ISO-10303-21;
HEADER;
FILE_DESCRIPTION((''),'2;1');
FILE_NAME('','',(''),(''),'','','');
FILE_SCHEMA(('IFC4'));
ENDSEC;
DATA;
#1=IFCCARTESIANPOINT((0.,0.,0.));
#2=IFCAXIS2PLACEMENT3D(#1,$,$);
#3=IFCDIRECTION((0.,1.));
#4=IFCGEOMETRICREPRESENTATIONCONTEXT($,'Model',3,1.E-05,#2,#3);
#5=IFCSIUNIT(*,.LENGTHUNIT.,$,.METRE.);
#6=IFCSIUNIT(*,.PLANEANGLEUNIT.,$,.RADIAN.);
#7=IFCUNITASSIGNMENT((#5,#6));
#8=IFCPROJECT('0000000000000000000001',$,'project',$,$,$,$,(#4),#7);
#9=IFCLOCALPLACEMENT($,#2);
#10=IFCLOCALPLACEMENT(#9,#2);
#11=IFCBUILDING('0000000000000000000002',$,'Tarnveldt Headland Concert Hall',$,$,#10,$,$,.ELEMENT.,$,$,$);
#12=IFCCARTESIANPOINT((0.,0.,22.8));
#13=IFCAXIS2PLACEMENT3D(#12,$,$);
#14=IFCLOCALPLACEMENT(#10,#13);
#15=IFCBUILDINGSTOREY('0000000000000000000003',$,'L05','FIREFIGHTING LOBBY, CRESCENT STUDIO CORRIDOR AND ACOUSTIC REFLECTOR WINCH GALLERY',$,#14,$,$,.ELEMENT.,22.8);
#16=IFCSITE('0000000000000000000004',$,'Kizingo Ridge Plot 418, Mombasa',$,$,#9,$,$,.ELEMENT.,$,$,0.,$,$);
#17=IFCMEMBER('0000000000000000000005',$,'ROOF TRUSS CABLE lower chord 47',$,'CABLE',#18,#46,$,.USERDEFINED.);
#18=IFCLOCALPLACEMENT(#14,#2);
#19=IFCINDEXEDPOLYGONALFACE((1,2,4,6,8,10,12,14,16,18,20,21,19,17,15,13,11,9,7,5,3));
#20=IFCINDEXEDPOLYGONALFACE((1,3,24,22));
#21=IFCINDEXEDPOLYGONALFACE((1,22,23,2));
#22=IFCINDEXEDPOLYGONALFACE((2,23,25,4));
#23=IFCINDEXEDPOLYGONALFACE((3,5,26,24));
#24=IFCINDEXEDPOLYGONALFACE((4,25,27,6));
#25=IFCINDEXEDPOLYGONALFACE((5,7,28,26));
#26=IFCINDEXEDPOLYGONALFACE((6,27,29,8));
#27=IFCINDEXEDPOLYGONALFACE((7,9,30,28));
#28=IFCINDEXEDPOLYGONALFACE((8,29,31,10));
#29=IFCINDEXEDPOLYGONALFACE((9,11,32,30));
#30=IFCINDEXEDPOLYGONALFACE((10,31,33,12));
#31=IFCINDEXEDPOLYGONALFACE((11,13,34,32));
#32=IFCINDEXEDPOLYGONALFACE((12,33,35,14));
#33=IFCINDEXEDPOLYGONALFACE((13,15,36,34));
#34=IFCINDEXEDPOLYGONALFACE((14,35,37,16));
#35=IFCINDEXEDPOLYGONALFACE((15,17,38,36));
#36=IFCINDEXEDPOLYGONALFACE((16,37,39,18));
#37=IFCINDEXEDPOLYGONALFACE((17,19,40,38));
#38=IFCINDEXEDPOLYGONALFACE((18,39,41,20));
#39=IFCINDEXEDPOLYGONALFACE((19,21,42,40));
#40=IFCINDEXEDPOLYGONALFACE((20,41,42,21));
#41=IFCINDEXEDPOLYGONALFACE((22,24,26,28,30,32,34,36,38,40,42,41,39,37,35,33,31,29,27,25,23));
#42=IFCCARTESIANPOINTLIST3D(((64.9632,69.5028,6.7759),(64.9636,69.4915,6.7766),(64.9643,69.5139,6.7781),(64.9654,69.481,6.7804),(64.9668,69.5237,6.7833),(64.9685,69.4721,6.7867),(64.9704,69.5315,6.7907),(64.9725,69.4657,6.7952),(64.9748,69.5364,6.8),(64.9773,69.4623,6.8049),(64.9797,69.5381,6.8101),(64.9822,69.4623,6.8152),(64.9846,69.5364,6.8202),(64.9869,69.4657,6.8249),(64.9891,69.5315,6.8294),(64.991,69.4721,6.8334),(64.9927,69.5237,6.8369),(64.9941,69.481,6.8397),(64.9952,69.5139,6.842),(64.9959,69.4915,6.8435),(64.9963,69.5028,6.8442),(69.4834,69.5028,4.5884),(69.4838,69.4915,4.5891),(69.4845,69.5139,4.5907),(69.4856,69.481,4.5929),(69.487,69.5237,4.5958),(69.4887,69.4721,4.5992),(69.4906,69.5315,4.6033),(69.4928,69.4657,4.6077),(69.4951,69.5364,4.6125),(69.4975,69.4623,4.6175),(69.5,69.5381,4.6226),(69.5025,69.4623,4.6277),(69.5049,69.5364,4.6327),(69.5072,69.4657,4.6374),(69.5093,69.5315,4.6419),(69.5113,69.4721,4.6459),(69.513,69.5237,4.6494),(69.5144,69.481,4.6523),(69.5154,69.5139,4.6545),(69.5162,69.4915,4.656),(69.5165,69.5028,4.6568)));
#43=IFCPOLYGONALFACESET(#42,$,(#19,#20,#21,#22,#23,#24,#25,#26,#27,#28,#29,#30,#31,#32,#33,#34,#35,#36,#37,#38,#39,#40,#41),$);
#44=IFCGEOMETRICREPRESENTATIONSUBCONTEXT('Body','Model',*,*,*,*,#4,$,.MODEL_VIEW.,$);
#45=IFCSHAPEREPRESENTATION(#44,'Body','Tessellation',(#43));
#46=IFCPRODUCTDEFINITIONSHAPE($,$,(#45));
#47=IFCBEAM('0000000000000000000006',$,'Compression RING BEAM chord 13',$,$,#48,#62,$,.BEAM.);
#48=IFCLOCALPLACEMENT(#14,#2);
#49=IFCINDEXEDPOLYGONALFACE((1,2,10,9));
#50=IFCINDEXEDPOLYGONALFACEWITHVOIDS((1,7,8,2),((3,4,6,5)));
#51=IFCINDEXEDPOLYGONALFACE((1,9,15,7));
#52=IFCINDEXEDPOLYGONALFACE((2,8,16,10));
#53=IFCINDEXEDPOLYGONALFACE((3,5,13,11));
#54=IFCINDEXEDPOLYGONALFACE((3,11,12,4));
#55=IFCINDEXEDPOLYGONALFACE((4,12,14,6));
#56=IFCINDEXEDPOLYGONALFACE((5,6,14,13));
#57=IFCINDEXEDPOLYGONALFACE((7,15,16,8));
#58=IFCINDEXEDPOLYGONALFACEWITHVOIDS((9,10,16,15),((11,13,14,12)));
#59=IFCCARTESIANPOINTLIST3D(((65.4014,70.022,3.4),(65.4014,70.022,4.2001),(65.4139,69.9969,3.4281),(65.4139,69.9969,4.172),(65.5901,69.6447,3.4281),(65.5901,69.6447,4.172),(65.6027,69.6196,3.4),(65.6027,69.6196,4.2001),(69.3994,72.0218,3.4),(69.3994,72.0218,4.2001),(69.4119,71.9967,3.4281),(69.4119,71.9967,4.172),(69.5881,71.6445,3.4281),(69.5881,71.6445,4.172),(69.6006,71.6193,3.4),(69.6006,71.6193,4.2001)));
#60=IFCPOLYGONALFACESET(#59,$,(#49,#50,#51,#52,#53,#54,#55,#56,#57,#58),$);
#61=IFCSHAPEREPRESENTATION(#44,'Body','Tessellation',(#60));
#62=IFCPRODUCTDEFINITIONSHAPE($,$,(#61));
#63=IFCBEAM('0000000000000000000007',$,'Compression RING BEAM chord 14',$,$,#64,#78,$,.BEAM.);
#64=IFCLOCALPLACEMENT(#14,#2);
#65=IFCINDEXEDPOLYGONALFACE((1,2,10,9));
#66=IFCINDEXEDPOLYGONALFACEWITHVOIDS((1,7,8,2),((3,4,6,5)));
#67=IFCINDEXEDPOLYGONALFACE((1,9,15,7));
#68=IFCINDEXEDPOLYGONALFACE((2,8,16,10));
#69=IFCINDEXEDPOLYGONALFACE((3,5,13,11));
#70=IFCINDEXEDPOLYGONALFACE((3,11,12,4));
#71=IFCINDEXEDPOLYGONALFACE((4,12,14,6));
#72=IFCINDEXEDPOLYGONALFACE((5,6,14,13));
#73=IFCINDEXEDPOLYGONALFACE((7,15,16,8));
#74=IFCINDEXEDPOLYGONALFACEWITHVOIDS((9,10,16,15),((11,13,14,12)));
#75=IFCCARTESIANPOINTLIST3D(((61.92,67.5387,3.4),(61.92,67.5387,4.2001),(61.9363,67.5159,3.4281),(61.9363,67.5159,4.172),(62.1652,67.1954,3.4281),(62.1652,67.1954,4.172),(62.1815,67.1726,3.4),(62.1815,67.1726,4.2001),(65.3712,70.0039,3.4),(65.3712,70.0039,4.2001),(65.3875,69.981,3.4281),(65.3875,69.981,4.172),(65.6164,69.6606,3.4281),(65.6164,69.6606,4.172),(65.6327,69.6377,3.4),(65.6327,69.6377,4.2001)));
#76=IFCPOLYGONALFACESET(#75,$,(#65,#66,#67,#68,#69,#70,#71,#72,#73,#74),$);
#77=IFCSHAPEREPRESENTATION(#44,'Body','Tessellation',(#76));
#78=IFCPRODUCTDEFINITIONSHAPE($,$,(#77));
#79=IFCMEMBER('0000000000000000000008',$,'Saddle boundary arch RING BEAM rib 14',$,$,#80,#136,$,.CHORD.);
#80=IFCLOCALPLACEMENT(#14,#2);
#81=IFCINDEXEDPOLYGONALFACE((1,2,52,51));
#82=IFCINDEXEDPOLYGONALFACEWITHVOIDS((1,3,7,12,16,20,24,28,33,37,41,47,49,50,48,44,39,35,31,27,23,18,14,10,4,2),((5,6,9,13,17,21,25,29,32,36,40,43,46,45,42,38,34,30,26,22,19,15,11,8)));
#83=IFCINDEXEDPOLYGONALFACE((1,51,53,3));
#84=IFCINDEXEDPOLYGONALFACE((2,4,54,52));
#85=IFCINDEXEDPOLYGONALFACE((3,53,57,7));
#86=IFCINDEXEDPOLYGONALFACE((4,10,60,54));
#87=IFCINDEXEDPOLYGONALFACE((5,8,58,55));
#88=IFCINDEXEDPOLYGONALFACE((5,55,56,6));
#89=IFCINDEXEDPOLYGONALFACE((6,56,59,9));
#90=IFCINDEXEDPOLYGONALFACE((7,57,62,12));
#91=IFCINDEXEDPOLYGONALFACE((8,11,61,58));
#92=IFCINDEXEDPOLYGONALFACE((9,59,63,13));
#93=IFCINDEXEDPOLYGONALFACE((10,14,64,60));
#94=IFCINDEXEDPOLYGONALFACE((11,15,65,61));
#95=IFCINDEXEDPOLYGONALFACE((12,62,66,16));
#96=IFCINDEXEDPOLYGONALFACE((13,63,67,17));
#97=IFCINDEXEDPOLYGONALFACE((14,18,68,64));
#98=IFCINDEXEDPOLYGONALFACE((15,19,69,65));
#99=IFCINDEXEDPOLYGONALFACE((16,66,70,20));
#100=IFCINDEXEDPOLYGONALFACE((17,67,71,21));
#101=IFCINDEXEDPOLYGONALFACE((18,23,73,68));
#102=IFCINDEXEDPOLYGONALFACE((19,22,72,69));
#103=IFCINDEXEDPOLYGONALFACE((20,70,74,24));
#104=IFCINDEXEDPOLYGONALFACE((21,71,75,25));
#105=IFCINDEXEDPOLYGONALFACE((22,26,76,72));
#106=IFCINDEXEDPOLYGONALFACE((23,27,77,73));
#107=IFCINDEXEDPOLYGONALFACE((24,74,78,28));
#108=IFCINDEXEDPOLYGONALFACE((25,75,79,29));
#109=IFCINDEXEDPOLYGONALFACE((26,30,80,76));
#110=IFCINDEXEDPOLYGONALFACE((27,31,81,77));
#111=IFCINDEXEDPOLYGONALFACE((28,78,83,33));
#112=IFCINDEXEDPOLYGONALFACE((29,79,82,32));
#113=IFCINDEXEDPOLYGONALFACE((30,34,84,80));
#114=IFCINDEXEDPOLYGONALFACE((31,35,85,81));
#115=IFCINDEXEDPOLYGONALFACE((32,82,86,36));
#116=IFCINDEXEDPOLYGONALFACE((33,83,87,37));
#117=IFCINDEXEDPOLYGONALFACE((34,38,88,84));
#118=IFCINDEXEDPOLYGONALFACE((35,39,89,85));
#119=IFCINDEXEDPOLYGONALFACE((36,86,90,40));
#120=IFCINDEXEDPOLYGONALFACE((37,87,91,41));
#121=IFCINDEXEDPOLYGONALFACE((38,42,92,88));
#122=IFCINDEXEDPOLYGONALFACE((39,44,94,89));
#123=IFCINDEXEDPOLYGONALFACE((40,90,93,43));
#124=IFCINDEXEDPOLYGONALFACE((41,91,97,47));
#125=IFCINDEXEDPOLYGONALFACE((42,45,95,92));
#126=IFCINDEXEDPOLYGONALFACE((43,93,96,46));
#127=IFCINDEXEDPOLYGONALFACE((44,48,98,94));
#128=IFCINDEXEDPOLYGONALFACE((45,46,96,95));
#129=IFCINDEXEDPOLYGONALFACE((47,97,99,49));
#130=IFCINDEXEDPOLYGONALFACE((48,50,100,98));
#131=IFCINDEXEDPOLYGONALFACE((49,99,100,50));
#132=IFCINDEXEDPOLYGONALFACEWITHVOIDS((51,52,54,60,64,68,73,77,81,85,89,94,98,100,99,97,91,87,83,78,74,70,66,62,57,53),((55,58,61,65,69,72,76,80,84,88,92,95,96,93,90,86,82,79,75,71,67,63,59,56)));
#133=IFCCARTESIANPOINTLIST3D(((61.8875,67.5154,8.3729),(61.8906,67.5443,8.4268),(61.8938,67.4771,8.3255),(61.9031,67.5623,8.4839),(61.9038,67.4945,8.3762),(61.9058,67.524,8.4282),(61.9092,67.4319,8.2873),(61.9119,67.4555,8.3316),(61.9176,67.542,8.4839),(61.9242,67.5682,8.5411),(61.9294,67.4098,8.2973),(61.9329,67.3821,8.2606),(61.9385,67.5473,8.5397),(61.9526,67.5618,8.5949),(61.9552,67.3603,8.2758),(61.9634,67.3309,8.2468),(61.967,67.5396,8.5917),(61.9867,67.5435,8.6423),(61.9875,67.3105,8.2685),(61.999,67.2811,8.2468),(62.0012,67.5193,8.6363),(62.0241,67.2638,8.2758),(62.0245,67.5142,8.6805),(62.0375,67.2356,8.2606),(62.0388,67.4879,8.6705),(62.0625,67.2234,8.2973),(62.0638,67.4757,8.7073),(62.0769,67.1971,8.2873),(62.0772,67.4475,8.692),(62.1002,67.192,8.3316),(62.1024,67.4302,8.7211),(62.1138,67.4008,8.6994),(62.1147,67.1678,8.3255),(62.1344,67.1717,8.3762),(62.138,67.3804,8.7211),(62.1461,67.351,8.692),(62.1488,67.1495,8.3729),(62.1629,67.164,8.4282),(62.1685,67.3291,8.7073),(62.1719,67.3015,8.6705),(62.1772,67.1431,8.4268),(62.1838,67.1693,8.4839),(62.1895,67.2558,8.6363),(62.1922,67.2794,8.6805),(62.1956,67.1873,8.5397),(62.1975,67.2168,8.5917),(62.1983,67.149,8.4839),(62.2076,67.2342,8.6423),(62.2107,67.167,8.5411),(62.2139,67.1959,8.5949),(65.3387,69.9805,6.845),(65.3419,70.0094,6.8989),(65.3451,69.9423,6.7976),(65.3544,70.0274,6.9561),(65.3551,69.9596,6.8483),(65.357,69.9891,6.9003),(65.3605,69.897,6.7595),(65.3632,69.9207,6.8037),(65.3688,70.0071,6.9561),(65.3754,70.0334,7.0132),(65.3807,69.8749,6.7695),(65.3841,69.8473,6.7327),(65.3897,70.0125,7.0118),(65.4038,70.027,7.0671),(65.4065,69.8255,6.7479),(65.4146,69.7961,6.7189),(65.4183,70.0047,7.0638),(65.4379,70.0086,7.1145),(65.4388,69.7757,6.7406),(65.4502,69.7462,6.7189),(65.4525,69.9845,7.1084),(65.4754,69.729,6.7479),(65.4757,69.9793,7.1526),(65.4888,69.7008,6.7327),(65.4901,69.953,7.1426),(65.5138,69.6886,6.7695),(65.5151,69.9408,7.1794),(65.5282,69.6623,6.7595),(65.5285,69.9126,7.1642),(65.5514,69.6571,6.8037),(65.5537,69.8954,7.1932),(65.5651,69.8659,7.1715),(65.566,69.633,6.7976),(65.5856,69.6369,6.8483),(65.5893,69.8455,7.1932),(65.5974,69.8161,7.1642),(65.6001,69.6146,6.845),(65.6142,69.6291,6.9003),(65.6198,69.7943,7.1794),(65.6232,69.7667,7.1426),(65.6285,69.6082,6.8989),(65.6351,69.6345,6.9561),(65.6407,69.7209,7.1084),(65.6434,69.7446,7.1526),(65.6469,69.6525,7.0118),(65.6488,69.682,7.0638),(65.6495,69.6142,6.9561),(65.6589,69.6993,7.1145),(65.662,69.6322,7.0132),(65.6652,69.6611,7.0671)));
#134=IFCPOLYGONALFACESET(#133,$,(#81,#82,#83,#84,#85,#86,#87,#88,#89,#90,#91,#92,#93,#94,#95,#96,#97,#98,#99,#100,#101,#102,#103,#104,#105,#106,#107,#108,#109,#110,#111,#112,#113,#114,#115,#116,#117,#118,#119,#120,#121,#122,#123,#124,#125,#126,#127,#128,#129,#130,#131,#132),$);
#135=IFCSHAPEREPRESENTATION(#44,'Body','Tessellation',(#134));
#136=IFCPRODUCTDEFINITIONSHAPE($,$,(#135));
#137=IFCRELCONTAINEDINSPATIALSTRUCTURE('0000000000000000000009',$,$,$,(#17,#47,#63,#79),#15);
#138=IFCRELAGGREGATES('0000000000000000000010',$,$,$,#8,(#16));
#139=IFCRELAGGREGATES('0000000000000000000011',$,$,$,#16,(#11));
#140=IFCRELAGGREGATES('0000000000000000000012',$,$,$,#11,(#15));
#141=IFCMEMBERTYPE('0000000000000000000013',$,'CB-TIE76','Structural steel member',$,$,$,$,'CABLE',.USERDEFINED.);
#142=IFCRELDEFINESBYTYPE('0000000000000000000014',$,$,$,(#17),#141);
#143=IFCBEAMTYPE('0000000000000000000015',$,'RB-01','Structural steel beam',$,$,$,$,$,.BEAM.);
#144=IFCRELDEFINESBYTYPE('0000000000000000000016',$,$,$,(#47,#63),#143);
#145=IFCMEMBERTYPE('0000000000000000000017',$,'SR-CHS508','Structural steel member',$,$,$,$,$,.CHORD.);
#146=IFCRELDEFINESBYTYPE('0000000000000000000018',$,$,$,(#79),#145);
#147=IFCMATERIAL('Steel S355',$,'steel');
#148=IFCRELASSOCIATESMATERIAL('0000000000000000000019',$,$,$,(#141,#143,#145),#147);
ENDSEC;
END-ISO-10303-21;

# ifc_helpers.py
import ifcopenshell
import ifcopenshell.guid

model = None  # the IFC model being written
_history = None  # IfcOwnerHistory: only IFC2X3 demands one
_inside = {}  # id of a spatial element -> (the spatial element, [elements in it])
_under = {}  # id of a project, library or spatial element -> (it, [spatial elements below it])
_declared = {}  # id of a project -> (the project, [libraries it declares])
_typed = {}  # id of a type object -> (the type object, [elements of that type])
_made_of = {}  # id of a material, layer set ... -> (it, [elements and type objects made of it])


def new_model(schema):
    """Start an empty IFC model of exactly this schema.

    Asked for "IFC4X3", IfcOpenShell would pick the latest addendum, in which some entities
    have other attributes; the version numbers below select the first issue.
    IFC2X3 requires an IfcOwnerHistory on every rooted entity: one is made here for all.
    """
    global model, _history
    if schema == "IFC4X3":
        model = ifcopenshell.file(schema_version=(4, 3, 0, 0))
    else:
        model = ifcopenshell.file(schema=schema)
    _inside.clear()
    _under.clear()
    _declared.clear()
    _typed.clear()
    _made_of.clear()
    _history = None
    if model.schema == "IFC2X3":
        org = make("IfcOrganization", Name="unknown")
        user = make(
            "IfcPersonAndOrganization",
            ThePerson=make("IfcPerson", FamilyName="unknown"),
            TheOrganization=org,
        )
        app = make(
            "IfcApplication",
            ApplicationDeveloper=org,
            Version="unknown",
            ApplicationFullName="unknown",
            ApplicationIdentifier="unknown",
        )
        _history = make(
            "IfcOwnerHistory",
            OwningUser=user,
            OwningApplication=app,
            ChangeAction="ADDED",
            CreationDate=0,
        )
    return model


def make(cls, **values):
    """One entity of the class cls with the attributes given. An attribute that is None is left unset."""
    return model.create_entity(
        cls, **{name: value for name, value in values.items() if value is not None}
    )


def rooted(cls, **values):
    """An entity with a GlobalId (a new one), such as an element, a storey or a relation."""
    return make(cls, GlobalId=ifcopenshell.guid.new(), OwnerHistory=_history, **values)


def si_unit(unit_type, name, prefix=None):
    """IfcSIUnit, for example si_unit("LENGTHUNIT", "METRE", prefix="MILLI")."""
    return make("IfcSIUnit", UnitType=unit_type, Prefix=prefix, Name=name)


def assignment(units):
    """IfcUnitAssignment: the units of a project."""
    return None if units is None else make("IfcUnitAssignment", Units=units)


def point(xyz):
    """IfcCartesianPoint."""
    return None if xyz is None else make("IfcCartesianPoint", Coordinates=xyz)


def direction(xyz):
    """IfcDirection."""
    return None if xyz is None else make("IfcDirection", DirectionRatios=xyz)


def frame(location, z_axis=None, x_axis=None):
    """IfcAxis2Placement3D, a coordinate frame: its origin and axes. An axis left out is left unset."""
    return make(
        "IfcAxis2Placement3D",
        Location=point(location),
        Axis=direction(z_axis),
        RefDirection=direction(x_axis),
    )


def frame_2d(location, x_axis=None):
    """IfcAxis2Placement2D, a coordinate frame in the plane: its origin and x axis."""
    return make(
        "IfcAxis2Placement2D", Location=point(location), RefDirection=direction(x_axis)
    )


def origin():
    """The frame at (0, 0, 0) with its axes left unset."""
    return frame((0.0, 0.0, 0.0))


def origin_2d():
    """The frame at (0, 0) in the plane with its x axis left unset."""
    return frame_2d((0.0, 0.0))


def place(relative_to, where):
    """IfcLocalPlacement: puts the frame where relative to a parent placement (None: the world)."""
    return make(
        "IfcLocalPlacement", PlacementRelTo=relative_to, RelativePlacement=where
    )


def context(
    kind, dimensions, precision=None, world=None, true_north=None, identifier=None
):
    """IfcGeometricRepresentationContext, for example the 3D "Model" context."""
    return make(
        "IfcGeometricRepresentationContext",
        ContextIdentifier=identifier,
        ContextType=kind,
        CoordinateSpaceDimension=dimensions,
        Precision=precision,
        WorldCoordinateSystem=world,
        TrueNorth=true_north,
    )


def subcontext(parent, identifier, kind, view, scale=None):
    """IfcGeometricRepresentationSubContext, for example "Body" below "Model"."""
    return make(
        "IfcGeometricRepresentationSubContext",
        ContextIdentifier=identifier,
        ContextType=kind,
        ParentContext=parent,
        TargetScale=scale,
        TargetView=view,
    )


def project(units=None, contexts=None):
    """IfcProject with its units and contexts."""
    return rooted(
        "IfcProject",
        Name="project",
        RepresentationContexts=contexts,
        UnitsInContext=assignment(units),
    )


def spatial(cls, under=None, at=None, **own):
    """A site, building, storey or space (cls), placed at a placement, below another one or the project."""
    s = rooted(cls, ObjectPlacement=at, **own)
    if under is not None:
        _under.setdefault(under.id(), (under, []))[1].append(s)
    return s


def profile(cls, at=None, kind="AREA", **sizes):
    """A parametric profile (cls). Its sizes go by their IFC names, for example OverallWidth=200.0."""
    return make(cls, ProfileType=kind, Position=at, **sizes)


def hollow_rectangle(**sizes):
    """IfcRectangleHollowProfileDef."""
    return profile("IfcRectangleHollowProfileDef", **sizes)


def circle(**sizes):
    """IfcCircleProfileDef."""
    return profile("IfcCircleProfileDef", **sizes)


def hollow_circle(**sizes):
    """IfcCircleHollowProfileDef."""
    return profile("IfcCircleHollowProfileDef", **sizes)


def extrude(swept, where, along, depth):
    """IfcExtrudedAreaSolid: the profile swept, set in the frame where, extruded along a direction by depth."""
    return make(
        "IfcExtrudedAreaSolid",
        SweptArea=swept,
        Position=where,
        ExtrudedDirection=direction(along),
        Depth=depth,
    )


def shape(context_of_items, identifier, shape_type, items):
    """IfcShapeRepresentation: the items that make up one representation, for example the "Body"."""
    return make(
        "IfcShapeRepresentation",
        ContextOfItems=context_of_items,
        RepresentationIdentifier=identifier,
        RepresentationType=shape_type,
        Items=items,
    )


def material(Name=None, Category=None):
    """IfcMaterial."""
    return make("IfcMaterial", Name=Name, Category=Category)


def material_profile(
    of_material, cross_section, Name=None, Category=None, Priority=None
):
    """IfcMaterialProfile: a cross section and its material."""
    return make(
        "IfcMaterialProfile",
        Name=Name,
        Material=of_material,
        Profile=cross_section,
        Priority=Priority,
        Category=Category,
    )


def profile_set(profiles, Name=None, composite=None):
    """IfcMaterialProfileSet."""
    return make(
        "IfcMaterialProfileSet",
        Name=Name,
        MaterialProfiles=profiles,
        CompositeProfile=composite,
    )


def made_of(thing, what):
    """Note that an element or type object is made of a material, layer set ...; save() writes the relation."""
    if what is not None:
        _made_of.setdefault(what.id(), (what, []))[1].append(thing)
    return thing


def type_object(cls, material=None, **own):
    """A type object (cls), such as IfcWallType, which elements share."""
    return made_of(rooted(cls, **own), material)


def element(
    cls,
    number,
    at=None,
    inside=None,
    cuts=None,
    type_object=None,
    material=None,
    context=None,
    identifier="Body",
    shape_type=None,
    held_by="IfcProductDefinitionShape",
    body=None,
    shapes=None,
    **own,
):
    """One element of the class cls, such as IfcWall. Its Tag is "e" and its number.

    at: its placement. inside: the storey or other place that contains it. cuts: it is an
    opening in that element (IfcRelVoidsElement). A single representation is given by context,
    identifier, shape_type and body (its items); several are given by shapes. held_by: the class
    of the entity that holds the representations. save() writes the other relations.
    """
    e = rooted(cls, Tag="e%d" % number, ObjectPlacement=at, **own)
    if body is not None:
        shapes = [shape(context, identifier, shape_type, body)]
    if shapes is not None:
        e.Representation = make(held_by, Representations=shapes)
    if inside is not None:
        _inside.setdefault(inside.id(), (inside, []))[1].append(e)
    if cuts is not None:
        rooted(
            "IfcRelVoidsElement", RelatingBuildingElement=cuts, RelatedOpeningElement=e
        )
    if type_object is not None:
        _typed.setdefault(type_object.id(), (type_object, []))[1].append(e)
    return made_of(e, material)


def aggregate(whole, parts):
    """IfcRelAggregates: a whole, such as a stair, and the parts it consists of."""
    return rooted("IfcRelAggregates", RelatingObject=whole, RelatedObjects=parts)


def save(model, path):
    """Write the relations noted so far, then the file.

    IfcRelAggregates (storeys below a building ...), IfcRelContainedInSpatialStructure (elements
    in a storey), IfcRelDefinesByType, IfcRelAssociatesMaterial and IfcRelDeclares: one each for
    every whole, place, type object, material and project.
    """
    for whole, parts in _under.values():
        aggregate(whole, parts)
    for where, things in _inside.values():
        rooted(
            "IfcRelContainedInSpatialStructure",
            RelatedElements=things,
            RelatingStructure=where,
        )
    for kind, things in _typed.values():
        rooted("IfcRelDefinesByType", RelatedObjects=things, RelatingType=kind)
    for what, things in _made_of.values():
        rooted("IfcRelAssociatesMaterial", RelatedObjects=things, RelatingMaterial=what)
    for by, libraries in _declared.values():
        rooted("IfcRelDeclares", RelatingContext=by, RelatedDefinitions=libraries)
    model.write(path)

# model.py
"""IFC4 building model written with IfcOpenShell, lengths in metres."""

from ifc_helpers import new_model, si_unit, direction, frame, origin, origin_2d, place, context, subcontext, project, spatial, hollow_rectangle, circle, hollow_circle, extrude, material, material_profile, profile_set, type_object, element, save


model = new_model("IFC4")

# Units and contexts
model_context = context("Model", 3, precision=1e-05, world=origin(), true_north=direction((0.0, 1.0)))
body_context = subcontext(model_context, "Body", "Model", "MODEL_VIEW")
ifc_project = project(units=[si_unit("LENGTHUNIT", "METRE"), si_unit("PLANEANGLEUNIT", "RADIAN")], contexts=[model_context])

# Site, building, storey
site_placement = place(None, origin())
site = spatial("IfcSite", under=ifc_project, at=site_placement, Name="Kizingo Ridge Plot 418, Mombasa", CompositionType="ELEMENT", RefElevation=0.0)
building_placement = place(site_placement, origin())
building = spatial("IfcBuilding", under=site, at=building_placement, Name="Tarnveldt Headland Concert Hall", CompositionType="ELEMENT")
storey_placement = place(building_placement, frame((0.0, 0.0, 22.8)))
storey = spatial("IfcBuildingStorey", under=building, at=storey_placement, Name="L05", Description="FIREFIGHTING LOBBY, CRESCENT STUDIO CORRIDOR AND ACOUSTIC REFLECTOR WINCH GALLERY", CompositionType="ELEMENT", Elevation=22.8)

# Member
ifc_material_1 = material(Name="Steel S355", Category="steel")
ifc_material_profile_1 = material_profile(ifc_material_1, circle(Radius=0.0381, at=origin_2d()), Name="LC D76", Category="steel")
ifc_profile_set_1 = profile_set([ifc_material_profile_1], Name="Steel S355")
member_type_1 = type_object("IfcMemberType", Name="CB-TIE76", Description="Structural steel member", ElementType="CABLE", PredefinedType="USERDEFINED", material=ifc_profile_set_1)
member_1_placement = place(storey_placement, frame((64.9797, 69.5, 6.8101), z_axis=(0.900138, 0.0, -0.435605), x_axis=(0.0, 1.0, 0.0)))
element("IfcMember", 1, at=member_1_placement, inside=storey, type_object=member_type_1, Name="ROOF TRUSS CABLE lower chord 47", ObjectType="CABLE", PredefinedType="USERDEFINED", context=body_context, shape_type="SweptSolid", body=[
    extrude(circle(Radius=0.0381, at=origin_2d()), origin(), (0.0, 0.0, 1.0), 5.0217),
])

# Beams
ifc_material_profile_2 = material_profile(ifc_material_1, hollow_rectangle(XDim=0.45, YDim=0.8, WallThickness=0.0281, at=origin_2d()), Name="RHS 800x450x28", Category="steel")
ifc_profile_set_2 = profile_set([ifc_material_profile_2], Name="Steel S355")
beam_type = type_object("IfcBeamType", Name="RB-01", Description="Structural steel beam", PredefinedType="BEAM", material=ifc_profile_set_2)
beam_1_placement = place(storey_placement, frame((69.5, 71.8206, 3.8), z_axis=(-0.894362, -0.447345, 0.0), x_axis=(0.447345, -0.894362, 0.0)))
element("IfcBeam", 2, at=beam_1_placement, inside=storey, type_object=beam_type, Name="Compression RING BEAM chord 13", PredefinedType="BEAM", context=body_context, shape_type="SweptSolid", body=[
    extrude(hollow_rectangle(XDim=0.45, YDim=0.8, WallThickness=0.0281, at=origin_2d()), origin(), (0.0, 0.0, 1.0), 4.4702),
])
beam_2_placement = place(storey_placement, frame((65.502, 69.8208, 3.8), z_axis=(-0.813737, -0.581233, 0.0), x_axis=(0.581233, -0.813737, 0.0)))
element("IfcBeam", 3, at=beam_2_placement, inside=storey, type_object=beam_type, Name="Compression RING BEAM chord 14", PredefinedType="BEAM", context=body_context, shape_type="SweptSolid", body=[
    extrude(hollow_rectangle(XDim=0.45, YDim=0.8, WallThickness=0.0281, at=origin_2d()), origin(), (0.0, 0.0, 1.0), 4.2412),
])

# Member
ifc_material_profile_3 = material_profile(ifc_material_1, hollow_circle(Radius=0.2539, WallThickness=0.0249, at=origin_2d()), Name="CHS 508x25", Category="steel")
ifc_profile_set_3 = profile_set([ifc_material_profile_3], Name="Steel S355")
member_type_2 = type_object("IfcMemberType", Name="SR-CHS508", Description="Structural steel member", PredefinedType="CHORD", material=ifc_profile_set_3)
member_2_placement = place(storey_placement, frame((65.502, 69.8208, 6.9561), z_axis=(-0.765576, -0.546833, 0.33892), x_axis=(0.581233, -0.813737, 0.0)))
element("IfcMember", 4, at=member_2_placement, inside=storey, type_object=member_type_2, Name="Saddle boundary arch RING BEAM rib 14", PredefinedType="CHORD", context=body_context, shape_type="SweptSolid", body=[
    extrude(hollow_circle(Radius=0.2539, WallThickness=0.0249, at=origin_2d()), origin(), (0.0, 0.0, 1.0), 4.5081),
])

save(model, "model.ifc")
